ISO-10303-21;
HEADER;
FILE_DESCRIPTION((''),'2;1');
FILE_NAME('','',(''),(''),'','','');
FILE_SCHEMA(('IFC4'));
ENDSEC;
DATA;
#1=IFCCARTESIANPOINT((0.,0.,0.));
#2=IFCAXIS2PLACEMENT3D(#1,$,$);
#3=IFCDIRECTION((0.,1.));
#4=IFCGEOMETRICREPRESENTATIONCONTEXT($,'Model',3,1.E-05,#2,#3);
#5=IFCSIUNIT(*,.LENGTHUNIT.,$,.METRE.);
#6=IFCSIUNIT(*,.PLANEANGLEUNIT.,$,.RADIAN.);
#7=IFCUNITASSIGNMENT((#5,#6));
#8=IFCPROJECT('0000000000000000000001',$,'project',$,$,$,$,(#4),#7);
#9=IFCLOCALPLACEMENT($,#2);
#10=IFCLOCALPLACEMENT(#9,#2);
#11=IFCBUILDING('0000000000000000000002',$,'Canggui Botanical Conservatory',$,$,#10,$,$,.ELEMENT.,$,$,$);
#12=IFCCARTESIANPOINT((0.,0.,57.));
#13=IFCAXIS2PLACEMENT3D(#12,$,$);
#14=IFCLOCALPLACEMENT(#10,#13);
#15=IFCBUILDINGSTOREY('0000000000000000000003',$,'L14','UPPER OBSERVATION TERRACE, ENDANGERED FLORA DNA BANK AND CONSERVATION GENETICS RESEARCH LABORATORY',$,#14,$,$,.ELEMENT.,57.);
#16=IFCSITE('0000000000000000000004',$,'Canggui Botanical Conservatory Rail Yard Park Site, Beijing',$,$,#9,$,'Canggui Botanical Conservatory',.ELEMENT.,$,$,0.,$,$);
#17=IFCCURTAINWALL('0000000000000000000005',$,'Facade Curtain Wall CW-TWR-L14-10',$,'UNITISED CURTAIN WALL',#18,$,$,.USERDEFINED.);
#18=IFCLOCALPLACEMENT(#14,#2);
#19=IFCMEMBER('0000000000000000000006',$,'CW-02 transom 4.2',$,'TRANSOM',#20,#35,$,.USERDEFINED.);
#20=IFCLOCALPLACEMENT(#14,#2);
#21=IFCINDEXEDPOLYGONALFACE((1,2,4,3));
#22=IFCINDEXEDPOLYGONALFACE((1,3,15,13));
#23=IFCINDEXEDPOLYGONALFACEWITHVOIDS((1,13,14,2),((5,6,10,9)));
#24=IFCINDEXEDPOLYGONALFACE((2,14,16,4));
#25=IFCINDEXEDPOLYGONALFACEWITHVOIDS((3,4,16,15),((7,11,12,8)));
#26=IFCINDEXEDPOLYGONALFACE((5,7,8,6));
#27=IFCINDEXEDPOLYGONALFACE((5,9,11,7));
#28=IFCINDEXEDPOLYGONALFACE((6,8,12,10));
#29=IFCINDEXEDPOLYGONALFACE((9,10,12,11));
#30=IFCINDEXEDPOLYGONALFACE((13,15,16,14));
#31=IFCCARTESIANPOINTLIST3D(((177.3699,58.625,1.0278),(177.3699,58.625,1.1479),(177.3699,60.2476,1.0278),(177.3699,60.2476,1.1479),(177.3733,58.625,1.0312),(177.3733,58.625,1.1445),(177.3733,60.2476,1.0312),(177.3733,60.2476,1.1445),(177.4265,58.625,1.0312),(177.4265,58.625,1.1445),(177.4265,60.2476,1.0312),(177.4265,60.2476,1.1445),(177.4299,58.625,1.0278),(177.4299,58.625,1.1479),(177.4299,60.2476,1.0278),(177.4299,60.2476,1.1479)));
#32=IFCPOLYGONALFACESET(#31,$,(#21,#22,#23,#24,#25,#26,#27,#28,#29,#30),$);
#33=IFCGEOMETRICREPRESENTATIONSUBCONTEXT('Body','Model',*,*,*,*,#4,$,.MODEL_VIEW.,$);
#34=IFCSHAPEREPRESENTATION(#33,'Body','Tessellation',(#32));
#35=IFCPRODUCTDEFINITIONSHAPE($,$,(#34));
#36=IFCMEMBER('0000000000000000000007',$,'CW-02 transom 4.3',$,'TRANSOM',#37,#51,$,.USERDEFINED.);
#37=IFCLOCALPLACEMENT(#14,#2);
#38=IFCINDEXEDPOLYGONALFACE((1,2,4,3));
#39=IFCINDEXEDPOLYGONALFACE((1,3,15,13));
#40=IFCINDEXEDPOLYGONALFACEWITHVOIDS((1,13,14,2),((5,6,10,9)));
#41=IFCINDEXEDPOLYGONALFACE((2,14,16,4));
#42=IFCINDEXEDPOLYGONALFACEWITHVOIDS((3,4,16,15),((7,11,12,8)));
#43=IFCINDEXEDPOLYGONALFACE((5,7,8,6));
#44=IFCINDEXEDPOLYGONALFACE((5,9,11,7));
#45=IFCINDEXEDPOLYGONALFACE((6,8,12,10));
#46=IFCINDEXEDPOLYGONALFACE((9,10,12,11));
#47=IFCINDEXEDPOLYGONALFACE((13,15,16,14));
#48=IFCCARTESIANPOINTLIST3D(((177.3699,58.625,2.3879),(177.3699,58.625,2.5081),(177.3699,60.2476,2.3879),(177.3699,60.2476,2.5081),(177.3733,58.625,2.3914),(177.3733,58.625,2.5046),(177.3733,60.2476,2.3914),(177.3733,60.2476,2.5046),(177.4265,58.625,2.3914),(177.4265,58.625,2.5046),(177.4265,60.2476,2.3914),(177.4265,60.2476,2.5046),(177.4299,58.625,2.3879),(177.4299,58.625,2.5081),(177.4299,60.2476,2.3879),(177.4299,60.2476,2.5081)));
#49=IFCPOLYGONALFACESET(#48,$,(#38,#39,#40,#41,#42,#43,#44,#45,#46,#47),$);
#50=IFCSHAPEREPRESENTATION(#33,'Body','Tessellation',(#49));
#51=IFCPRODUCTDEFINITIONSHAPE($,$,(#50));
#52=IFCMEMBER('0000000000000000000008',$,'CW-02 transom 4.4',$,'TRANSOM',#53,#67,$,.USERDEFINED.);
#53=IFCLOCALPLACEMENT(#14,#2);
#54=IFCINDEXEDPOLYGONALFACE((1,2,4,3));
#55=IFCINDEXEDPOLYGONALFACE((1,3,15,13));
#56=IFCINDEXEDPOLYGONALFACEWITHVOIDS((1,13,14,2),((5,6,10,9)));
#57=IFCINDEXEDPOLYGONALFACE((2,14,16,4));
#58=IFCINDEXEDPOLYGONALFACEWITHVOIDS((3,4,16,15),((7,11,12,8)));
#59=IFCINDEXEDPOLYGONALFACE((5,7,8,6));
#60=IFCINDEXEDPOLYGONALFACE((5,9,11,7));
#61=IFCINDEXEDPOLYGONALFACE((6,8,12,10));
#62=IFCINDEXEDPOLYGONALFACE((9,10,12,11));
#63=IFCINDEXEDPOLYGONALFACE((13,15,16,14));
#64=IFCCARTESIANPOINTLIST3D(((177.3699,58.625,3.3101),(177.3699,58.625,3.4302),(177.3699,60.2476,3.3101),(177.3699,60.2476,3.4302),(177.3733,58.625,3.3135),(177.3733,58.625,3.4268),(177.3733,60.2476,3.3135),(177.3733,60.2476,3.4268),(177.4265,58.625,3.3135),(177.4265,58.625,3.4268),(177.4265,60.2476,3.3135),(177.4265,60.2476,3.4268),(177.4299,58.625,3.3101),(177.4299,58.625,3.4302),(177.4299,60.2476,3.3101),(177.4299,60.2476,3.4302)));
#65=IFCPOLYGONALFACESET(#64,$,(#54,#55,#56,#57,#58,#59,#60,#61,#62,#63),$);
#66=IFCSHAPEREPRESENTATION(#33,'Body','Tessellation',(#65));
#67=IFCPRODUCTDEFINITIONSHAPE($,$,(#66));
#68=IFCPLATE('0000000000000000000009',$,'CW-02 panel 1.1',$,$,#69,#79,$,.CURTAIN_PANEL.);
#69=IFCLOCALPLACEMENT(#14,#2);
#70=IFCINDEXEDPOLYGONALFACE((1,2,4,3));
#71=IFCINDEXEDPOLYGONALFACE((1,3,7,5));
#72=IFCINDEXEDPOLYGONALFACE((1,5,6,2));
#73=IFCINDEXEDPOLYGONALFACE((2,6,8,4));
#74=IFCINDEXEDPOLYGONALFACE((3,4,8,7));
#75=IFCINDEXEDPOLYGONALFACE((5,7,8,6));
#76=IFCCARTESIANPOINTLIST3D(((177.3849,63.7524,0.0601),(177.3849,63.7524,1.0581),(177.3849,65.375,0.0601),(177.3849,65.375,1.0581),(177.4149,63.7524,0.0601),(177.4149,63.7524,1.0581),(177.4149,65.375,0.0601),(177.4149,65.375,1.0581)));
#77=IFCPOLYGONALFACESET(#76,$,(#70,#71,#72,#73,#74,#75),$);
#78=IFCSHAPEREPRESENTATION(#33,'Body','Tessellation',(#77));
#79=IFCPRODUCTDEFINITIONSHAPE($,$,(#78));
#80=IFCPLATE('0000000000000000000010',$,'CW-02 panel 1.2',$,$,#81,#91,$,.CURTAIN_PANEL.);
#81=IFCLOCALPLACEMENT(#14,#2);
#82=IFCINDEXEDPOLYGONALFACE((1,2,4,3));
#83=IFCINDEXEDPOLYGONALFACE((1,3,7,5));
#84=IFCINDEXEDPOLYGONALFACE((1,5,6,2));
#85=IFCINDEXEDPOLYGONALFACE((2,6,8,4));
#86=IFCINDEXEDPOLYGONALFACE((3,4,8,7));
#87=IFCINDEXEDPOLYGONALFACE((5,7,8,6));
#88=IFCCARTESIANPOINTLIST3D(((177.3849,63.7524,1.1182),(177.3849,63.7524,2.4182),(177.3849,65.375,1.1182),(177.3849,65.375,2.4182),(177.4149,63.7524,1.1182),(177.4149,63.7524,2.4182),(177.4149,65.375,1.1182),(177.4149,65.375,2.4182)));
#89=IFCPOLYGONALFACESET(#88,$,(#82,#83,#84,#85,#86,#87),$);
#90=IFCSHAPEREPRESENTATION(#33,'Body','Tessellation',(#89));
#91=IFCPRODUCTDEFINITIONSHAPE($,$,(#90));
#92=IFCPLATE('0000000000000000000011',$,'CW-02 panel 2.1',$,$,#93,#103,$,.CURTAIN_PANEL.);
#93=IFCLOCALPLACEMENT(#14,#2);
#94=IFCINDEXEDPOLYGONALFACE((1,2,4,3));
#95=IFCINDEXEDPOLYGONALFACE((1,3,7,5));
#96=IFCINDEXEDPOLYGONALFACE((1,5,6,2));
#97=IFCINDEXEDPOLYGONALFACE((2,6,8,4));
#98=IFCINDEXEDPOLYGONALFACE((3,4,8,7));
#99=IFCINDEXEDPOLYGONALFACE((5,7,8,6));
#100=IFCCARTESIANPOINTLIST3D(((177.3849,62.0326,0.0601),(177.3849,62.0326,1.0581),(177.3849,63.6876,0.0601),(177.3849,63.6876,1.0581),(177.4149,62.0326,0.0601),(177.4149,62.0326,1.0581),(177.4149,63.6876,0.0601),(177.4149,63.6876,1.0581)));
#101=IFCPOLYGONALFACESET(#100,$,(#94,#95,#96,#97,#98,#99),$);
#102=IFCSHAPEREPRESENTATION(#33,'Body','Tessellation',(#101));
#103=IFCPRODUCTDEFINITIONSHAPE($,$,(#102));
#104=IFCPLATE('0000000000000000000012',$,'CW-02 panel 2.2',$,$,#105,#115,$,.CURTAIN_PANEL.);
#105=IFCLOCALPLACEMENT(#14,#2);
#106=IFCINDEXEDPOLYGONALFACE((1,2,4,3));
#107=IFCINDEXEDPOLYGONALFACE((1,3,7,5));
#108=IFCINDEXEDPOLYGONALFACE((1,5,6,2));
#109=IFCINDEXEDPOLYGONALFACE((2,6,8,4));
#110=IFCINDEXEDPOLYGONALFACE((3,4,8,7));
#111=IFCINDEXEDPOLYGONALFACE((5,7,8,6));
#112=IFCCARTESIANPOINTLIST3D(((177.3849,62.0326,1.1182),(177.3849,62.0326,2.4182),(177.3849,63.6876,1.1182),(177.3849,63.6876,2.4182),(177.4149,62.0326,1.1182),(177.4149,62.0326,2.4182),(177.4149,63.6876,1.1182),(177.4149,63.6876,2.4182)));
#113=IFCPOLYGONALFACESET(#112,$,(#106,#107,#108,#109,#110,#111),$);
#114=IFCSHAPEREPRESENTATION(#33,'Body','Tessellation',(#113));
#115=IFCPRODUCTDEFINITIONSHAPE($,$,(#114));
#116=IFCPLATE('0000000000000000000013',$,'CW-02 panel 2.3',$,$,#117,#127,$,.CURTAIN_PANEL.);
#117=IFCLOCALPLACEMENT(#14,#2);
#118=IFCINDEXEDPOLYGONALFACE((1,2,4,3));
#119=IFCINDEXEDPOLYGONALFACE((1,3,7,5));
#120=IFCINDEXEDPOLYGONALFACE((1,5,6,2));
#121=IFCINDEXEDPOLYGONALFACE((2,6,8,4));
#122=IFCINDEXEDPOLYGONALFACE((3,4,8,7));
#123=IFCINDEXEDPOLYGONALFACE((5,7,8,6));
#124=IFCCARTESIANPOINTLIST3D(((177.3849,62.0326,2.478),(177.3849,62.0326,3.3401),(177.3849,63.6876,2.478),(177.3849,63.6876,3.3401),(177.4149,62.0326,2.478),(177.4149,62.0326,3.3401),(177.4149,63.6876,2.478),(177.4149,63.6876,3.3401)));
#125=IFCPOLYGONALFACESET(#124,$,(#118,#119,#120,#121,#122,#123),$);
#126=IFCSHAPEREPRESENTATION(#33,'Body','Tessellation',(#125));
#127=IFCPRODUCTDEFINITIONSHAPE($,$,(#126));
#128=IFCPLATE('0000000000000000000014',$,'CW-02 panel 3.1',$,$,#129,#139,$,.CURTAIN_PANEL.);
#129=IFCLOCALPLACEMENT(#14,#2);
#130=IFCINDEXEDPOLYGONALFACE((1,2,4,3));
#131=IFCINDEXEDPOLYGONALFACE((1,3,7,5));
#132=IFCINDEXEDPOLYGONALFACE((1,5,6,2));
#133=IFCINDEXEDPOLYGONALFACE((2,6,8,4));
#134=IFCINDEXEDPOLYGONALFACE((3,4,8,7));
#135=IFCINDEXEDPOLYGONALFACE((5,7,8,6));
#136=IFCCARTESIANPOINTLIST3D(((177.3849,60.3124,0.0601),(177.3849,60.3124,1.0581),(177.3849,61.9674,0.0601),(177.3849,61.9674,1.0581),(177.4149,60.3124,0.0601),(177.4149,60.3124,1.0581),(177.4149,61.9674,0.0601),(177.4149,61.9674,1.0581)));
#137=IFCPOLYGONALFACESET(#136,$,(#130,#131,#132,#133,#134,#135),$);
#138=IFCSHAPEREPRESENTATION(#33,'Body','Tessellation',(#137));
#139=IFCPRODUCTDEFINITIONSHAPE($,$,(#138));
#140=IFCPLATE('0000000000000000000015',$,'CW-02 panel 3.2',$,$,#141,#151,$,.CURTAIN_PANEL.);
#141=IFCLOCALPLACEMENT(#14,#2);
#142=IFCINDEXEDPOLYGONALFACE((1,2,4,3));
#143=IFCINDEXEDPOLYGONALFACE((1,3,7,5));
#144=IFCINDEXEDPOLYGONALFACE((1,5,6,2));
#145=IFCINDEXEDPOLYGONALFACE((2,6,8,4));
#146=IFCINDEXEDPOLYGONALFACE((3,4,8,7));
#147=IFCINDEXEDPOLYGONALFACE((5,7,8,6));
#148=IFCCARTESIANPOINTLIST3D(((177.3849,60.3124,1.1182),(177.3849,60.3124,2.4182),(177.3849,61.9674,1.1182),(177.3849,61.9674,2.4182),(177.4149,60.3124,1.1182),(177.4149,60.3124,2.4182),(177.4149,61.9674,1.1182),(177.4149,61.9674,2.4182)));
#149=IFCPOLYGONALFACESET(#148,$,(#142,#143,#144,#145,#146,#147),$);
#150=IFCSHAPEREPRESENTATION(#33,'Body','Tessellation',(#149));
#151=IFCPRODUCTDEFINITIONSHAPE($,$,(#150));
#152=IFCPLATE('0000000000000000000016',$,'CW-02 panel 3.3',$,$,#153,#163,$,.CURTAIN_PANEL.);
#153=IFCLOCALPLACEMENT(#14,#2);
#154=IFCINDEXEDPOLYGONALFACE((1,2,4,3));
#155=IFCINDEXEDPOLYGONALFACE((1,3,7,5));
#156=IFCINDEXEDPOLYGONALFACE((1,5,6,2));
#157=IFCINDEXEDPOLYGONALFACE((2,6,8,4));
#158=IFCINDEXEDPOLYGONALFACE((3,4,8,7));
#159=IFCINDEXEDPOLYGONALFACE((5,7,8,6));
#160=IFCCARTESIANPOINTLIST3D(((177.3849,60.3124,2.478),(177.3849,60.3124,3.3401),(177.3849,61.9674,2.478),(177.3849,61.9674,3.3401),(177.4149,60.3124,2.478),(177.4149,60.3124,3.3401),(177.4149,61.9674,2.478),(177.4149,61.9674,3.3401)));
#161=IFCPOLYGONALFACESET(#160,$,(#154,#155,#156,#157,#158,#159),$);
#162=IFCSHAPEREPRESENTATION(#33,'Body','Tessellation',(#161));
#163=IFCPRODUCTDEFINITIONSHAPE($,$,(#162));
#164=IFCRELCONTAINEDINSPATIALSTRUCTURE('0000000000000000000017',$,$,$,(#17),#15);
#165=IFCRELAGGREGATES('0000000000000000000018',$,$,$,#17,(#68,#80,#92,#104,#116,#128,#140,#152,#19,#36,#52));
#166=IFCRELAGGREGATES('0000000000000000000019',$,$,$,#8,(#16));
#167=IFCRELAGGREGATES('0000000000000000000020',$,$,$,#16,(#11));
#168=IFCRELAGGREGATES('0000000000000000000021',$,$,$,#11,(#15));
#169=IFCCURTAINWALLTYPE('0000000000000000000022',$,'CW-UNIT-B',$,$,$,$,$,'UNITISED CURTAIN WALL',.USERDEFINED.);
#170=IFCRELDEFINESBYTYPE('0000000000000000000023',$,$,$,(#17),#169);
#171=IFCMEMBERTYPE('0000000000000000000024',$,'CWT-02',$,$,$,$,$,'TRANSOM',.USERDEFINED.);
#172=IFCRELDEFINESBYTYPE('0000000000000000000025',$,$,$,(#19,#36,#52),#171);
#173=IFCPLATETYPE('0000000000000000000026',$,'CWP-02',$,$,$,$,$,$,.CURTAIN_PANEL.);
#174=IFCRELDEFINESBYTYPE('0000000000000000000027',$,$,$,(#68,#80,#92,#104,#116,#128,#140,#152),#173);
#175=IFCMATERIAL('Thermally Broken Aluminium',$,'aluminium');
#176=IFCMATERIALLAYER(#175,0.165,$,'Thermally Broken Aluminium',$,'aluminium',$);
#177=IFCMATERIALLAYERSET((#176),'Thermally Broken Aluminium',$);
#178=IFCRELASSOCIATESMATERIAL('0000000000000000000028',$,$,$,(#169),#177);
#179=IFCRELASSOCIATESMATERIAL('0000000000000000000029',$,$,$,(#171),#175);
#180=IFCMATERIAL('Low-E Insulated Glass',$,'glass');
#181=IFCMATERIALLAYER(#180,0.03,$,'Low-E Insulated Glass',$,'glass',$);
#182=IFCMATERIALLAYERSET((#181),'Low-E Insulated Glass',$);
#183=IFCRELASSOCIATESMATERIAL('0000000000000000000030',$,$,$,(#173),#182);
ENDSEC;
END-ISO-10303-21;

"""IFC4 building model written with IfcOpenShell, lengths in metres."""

from ifc_helpers import new_model, si_unit, direction, frame, origin, origin_2d, place, context, subcontext, project, spatial, rectangle, hollow_rectangle, extrude, material, layer, layer_set, material_profile, profile_set, type_object, element, aggregate, save


model = new_model("IFC4")

# Units and contexts
model_context = context("Model", 3, precision=1e-05, world=origin(), true_north=direction((0.0, 1.0)))
body_context = subcontext(model_context, "Body", "Model", "MODEL_VIEW")
ifc_project = project(units=[si_unit("LENGTHUNIT", "METRE"), si_unit("PLANEANGLEUNIT", "RADIAN")], contexts=[model_context])

# Site, building, storey
site_placement = place(None, origin())
site = spatial("IfcSite", under=ifc_project, at=site_placement, Name="Canggui Botanical Conservatory Rail Yard Park Site, Beijing", LongName="Canggui Botanical Conservatory", CompositionType="ELEMENT", RefElevation=0.0)
building_placement = place(site_placement, origin())
building = spatial("IfcBuilding", under=site, at=building_placement, Name="Canggui Botanical Conservatory", CompositionType="ELEMENT")
storey_placement = place(building_placement, frame((0.0, 0.0, 57.0)))
storey = spatial("IfcBuildingStorey", under=building, at=storey_placement, Name="L14", Description="UPPER OBSERVATION TERRACE, ENDANGERED FLORA DNA BANK AND CONSERVATION GENETICS RESEARCH LABORATORY", CompositionType="ELEMENT", Elevation=57.0)

# Curtain wall, members, plates
ifc_material_1 = material(Name="Thermally Broken Aluminium", Category="aluminium")
ifc_layer_1 = layer(ifc_material_1, 0.165, Name="Thermally Broken Aluminium", Category="aluminium")
ifc_layer_set_1 = layer_set([ifc_layer_1], Name="Thermally Broken Aluminium")
curtain_wall_type = type_object("IfcCurtainWallType", Name="CW-UNIT-B", ElementType="UNITISED CURTAIN WALL", PredefinedType="USERDEFINED", material=ifc_layer_set_1)
curtain_wall_placement = place(storey_placement, origin())
curtain_wall = element("IfcCurtainWall", 1, at=curtain_wall_placement, inside=storey, type_object=curtain_wall_type, Name="Facade Curtain Wall CW-TWR-L14-10", ObjectType="UNITISED CURTAIN WALL", PredefinedType="USERDEFINED")
ifc_material_profile_1 = material_profile(ifc_material_1, hollow_rectangle(XDim=0.0601, YDim=0.1201, WallThickness=0.0034, at=origin_2d()), Name="CWT 60x120x3.5")
ifc_profile_set_1 = profile_set([ifc_material_profile_1], Name="Thermally Broken Aluminium")
member_type_1 = type_object("IfcMemberType", Name="CWT-02", ElementType="TRANSOM", PredefinedType="USERDEFINED", material=ifc_profile_set_1)
member_1_placement = place(storey_placement, frame((177.3999, 60.2476, 1.0879), z_axis=(0.0, -1.0, 0.0), x_axis=(1.0, 0.0, 0.0)))
member_1 = element("IfcMember", 2, at=member_1_placement, type_object=member_type_1, Name="CW-02 transom 4.2", ObjectType="TRANSOM", PredefinedType="USERDEFINED", context=body_context, shape_type="SweptSolid", body=[
    extrude(hollow_rectangle(XDim=0.0601, YDim=0.1201, WallThickness=0.0034, at=origin_2d()), origin(), (0.0, 0.0, 1.0), 1.6226),
])
member_2_placement = place(storey_placement, frame((177.3999, 60.2476, 2.448), z_axis=(0.0, -1.0, 0.0), x_axis=(1.0, 0.0, 0.0)))
member_2 = element("IfcMember", 3, at=member_2_placement, type_object=member_type_1, Name="CW-02 transom 4.3", ObjectType="TRANSOM", PredefinedType="USERDEFINED", context=body_context, shape_type="SweptSolid", body=[
    extrude(hollow_rectangle(XDim=0.0601, YDim=0.1201, WallThickness=0.0034, at=origin_2d()), origin(), (0.0, 0.0, 1.0), 1.6226),
])
member_3_placement = place(storey_placement, frame((177.3999, 60.2476, 3.3701), z_axis=(0.0, -1.0, 0.0), x_axis=(1.0, 0.0, 0.0)))
member_3 = element("IfcMember", 4, at=member_3_placement, type_object=member_type_1, Name="CW-02 transom 4.4", ObjectType="TRANSOM", PredefinedType="USERDEFINED", context=body_context, shape_type="SweptSolid", body=[
    extrude(hollow_rectangle(XDim=0.0601, YDim=0.1201, WallThickness=0.0034, at=origin_2d()), origin(), (0.0, 0.0, 1.0), 1.6226),
])
ifc_material_2 = material(Name="Low-E Insulated Glass", Category="glass")
ifc_layer_2 = layer(ifc_material_2, 0.03, Name="Low-E Insulated Glass", Category="glass")
ifc_layer_set_2 = layer_set([ifc_layer_2], Name="Low-E Insulated Glass")
plate_type = type_object("IfcPlateType", Name="CWP-02", PredefinedType="CURTAIN_PANEL", material=ifc_layer_set_2)
plate_1_placement = place(storey_placement, frame((177.3999, 64.5637, 0.0601), z_axis=(0.0, 0.0, 1.0), x_axis=(0.0, -1.0, 0.0)))
plate_1 = element("IfcPlate", 5, at=plate_1_placement, type_object=plate_type, Name="CW-02 panel 1.1", PredefinedType="CURTAIN_PANEL", context=body_context, shape_type="SweptSolid", body=[
    extrude(rectangle(XDim=1.6226, YDim=0.03, at=origin_2d()), origin(), (0.0, 0.0, 1.0), 0.998),
])
plate_2_placement = place(storey_placement, frame((177.3999, 64.5637, 1.1182), z_axis=(0.0, 0.0, 1.0), x_axis=(0.0, -1.0, 0.0)))
plate_2 = element("IfcPlate", 6, at=plate_2_placement, type_object=plate_type, Name="CW-02 panel 1.2", PredefinedType="CURTAIN_PANEL", context=body_context, shape_type="SweptSolid", body=[
    extrude(rectangle(XDim=1.6226, YDim=0.03, at=origin_2d()), origin(), (0.0, 0.0, 1.0), 1.3),
])
plate_3_placement = place(storey_placement, frame((177.3999, 62.8601, 0.0601), z_axis=(0.0, 0.0, 1.0), x_axis=(0.0, -1.0, 0.0)))
plate_3 = element("IfcPlate", 7, at=plate_3_placement, type_object=plate_type, Name="CW-02 panel 2.1", PredefinedType="CURTAIN_PANEL", context=body_context, shape_type="SweptSolid", body=[
    extrude(rectangle(XDim=1.655, YDim=0.03, at=origin_2d()), origin(), (0.0, 0.0, 1.0), 0.998),
])
plate_4_placement = place(storey_placement, frame((177.3999, 62.8601, 1.1182), z_axis=(0.0, 0.0, 1.0), x_axis=(0.0, -1.0, 0.0)))
plate_4 = element("IfcPlate", 8, at=plate_4_placement, type_object=plate_type, Name="CW-02 panel 2.2", PredefinedType="CURTAIN_PANEL", context=body_context, shape_type="SweptSolid", body=[
    extrude(rectangle(XDim=1.655, YDim=0.03, at=origin_2d()), origin(), (0.0, 0.0, 1.0), 1.3),
])
plate_5_placement = place(storey_placement, frame((177.3999, 62.8601, 2.478), z_axis=(0.0, 0.0, 1.0), x_axis=(0.0, -1.0, 0.0)))
plate_5 = element("IfcPlate", 9, at=plate_5_placement, type_object=plate_type, Name="CW-02 panel 2.3", PredefinedType="CURTAIN_PANEL", context=body_context, shape_type="SweptSolid", body=[
    extrude(rectangle(XDim=1.655, YDim=0.03, at=origin_2d()), origin(), (0.0, 0.0, 1.0), 0.8621),
])
plate_6_placement = place(storey_placement, frame((177.3999, 61.1399, 0.0601), z_axis=(0.0, 0.0, 1.0), x_axis=(0.0, -1.0, 0.0)))
plate_6 = element("IfcPlate", 10, at=plate_6_placement, type_object=plate_type, Name="CW-02 panel 3.1", PredefinedType="CURTAIN_PANEL", context=body_context, shape_type="SweptSolid", body=[
    extrude(rectangle(XDim=1.655, YDim=0.03, at=origin_2d()), origin(), (0.0, 0.0, 1.0), 0.998),
])
plate_7_placement = place(storey_placement, frame((177.3999, 61.1399, 1.1182), z_axis=(0.0, 0.0, 1.0), x_axis=(0.0, -1.0, 0.0)))
plate_7 = element("IfcPlate", 11, at=plate_7_placement, type_object=plate_type, Name="CW-02 panel 3.2", PredefinedType="CURTAIN_PANEL", context=body_context, shape_type="SweptSolid", body=[
    extrude(rectangle(XDim=1.655, YDim=0.03, at=origin_2d()), origin(), (0.0, 0.0, 1.0), 1.3),
])
plate_8_placement = place(storey_placement, frame((177.3999, 61.1399, 2.478), z_axis=(0.0, 0.0, 1.0), x_axis=(0.0, -1.0, 0.0)))
plate_8 = element("IfcPlate", 12, at=plate_8_placement, type_object=plate_type, Name="CW-02 panel 3.3", PredefinedType="CURTAIN_PANEL", context=body_context, shape_type="SweptSolid", body=[
    extrude(rectangle(XDim=1.655, YDim=0.03, at=origin_2d()), origin(), (0.0, 0.0, 1.0), 0.8621),
])
aggregate(curtain_wall, [plate_1, plate_2, plate_3, plate_4, plate_5, plate_6, plate_7, plate_8, member_1, member_2, member_3])

save(model, "model.ifc")
